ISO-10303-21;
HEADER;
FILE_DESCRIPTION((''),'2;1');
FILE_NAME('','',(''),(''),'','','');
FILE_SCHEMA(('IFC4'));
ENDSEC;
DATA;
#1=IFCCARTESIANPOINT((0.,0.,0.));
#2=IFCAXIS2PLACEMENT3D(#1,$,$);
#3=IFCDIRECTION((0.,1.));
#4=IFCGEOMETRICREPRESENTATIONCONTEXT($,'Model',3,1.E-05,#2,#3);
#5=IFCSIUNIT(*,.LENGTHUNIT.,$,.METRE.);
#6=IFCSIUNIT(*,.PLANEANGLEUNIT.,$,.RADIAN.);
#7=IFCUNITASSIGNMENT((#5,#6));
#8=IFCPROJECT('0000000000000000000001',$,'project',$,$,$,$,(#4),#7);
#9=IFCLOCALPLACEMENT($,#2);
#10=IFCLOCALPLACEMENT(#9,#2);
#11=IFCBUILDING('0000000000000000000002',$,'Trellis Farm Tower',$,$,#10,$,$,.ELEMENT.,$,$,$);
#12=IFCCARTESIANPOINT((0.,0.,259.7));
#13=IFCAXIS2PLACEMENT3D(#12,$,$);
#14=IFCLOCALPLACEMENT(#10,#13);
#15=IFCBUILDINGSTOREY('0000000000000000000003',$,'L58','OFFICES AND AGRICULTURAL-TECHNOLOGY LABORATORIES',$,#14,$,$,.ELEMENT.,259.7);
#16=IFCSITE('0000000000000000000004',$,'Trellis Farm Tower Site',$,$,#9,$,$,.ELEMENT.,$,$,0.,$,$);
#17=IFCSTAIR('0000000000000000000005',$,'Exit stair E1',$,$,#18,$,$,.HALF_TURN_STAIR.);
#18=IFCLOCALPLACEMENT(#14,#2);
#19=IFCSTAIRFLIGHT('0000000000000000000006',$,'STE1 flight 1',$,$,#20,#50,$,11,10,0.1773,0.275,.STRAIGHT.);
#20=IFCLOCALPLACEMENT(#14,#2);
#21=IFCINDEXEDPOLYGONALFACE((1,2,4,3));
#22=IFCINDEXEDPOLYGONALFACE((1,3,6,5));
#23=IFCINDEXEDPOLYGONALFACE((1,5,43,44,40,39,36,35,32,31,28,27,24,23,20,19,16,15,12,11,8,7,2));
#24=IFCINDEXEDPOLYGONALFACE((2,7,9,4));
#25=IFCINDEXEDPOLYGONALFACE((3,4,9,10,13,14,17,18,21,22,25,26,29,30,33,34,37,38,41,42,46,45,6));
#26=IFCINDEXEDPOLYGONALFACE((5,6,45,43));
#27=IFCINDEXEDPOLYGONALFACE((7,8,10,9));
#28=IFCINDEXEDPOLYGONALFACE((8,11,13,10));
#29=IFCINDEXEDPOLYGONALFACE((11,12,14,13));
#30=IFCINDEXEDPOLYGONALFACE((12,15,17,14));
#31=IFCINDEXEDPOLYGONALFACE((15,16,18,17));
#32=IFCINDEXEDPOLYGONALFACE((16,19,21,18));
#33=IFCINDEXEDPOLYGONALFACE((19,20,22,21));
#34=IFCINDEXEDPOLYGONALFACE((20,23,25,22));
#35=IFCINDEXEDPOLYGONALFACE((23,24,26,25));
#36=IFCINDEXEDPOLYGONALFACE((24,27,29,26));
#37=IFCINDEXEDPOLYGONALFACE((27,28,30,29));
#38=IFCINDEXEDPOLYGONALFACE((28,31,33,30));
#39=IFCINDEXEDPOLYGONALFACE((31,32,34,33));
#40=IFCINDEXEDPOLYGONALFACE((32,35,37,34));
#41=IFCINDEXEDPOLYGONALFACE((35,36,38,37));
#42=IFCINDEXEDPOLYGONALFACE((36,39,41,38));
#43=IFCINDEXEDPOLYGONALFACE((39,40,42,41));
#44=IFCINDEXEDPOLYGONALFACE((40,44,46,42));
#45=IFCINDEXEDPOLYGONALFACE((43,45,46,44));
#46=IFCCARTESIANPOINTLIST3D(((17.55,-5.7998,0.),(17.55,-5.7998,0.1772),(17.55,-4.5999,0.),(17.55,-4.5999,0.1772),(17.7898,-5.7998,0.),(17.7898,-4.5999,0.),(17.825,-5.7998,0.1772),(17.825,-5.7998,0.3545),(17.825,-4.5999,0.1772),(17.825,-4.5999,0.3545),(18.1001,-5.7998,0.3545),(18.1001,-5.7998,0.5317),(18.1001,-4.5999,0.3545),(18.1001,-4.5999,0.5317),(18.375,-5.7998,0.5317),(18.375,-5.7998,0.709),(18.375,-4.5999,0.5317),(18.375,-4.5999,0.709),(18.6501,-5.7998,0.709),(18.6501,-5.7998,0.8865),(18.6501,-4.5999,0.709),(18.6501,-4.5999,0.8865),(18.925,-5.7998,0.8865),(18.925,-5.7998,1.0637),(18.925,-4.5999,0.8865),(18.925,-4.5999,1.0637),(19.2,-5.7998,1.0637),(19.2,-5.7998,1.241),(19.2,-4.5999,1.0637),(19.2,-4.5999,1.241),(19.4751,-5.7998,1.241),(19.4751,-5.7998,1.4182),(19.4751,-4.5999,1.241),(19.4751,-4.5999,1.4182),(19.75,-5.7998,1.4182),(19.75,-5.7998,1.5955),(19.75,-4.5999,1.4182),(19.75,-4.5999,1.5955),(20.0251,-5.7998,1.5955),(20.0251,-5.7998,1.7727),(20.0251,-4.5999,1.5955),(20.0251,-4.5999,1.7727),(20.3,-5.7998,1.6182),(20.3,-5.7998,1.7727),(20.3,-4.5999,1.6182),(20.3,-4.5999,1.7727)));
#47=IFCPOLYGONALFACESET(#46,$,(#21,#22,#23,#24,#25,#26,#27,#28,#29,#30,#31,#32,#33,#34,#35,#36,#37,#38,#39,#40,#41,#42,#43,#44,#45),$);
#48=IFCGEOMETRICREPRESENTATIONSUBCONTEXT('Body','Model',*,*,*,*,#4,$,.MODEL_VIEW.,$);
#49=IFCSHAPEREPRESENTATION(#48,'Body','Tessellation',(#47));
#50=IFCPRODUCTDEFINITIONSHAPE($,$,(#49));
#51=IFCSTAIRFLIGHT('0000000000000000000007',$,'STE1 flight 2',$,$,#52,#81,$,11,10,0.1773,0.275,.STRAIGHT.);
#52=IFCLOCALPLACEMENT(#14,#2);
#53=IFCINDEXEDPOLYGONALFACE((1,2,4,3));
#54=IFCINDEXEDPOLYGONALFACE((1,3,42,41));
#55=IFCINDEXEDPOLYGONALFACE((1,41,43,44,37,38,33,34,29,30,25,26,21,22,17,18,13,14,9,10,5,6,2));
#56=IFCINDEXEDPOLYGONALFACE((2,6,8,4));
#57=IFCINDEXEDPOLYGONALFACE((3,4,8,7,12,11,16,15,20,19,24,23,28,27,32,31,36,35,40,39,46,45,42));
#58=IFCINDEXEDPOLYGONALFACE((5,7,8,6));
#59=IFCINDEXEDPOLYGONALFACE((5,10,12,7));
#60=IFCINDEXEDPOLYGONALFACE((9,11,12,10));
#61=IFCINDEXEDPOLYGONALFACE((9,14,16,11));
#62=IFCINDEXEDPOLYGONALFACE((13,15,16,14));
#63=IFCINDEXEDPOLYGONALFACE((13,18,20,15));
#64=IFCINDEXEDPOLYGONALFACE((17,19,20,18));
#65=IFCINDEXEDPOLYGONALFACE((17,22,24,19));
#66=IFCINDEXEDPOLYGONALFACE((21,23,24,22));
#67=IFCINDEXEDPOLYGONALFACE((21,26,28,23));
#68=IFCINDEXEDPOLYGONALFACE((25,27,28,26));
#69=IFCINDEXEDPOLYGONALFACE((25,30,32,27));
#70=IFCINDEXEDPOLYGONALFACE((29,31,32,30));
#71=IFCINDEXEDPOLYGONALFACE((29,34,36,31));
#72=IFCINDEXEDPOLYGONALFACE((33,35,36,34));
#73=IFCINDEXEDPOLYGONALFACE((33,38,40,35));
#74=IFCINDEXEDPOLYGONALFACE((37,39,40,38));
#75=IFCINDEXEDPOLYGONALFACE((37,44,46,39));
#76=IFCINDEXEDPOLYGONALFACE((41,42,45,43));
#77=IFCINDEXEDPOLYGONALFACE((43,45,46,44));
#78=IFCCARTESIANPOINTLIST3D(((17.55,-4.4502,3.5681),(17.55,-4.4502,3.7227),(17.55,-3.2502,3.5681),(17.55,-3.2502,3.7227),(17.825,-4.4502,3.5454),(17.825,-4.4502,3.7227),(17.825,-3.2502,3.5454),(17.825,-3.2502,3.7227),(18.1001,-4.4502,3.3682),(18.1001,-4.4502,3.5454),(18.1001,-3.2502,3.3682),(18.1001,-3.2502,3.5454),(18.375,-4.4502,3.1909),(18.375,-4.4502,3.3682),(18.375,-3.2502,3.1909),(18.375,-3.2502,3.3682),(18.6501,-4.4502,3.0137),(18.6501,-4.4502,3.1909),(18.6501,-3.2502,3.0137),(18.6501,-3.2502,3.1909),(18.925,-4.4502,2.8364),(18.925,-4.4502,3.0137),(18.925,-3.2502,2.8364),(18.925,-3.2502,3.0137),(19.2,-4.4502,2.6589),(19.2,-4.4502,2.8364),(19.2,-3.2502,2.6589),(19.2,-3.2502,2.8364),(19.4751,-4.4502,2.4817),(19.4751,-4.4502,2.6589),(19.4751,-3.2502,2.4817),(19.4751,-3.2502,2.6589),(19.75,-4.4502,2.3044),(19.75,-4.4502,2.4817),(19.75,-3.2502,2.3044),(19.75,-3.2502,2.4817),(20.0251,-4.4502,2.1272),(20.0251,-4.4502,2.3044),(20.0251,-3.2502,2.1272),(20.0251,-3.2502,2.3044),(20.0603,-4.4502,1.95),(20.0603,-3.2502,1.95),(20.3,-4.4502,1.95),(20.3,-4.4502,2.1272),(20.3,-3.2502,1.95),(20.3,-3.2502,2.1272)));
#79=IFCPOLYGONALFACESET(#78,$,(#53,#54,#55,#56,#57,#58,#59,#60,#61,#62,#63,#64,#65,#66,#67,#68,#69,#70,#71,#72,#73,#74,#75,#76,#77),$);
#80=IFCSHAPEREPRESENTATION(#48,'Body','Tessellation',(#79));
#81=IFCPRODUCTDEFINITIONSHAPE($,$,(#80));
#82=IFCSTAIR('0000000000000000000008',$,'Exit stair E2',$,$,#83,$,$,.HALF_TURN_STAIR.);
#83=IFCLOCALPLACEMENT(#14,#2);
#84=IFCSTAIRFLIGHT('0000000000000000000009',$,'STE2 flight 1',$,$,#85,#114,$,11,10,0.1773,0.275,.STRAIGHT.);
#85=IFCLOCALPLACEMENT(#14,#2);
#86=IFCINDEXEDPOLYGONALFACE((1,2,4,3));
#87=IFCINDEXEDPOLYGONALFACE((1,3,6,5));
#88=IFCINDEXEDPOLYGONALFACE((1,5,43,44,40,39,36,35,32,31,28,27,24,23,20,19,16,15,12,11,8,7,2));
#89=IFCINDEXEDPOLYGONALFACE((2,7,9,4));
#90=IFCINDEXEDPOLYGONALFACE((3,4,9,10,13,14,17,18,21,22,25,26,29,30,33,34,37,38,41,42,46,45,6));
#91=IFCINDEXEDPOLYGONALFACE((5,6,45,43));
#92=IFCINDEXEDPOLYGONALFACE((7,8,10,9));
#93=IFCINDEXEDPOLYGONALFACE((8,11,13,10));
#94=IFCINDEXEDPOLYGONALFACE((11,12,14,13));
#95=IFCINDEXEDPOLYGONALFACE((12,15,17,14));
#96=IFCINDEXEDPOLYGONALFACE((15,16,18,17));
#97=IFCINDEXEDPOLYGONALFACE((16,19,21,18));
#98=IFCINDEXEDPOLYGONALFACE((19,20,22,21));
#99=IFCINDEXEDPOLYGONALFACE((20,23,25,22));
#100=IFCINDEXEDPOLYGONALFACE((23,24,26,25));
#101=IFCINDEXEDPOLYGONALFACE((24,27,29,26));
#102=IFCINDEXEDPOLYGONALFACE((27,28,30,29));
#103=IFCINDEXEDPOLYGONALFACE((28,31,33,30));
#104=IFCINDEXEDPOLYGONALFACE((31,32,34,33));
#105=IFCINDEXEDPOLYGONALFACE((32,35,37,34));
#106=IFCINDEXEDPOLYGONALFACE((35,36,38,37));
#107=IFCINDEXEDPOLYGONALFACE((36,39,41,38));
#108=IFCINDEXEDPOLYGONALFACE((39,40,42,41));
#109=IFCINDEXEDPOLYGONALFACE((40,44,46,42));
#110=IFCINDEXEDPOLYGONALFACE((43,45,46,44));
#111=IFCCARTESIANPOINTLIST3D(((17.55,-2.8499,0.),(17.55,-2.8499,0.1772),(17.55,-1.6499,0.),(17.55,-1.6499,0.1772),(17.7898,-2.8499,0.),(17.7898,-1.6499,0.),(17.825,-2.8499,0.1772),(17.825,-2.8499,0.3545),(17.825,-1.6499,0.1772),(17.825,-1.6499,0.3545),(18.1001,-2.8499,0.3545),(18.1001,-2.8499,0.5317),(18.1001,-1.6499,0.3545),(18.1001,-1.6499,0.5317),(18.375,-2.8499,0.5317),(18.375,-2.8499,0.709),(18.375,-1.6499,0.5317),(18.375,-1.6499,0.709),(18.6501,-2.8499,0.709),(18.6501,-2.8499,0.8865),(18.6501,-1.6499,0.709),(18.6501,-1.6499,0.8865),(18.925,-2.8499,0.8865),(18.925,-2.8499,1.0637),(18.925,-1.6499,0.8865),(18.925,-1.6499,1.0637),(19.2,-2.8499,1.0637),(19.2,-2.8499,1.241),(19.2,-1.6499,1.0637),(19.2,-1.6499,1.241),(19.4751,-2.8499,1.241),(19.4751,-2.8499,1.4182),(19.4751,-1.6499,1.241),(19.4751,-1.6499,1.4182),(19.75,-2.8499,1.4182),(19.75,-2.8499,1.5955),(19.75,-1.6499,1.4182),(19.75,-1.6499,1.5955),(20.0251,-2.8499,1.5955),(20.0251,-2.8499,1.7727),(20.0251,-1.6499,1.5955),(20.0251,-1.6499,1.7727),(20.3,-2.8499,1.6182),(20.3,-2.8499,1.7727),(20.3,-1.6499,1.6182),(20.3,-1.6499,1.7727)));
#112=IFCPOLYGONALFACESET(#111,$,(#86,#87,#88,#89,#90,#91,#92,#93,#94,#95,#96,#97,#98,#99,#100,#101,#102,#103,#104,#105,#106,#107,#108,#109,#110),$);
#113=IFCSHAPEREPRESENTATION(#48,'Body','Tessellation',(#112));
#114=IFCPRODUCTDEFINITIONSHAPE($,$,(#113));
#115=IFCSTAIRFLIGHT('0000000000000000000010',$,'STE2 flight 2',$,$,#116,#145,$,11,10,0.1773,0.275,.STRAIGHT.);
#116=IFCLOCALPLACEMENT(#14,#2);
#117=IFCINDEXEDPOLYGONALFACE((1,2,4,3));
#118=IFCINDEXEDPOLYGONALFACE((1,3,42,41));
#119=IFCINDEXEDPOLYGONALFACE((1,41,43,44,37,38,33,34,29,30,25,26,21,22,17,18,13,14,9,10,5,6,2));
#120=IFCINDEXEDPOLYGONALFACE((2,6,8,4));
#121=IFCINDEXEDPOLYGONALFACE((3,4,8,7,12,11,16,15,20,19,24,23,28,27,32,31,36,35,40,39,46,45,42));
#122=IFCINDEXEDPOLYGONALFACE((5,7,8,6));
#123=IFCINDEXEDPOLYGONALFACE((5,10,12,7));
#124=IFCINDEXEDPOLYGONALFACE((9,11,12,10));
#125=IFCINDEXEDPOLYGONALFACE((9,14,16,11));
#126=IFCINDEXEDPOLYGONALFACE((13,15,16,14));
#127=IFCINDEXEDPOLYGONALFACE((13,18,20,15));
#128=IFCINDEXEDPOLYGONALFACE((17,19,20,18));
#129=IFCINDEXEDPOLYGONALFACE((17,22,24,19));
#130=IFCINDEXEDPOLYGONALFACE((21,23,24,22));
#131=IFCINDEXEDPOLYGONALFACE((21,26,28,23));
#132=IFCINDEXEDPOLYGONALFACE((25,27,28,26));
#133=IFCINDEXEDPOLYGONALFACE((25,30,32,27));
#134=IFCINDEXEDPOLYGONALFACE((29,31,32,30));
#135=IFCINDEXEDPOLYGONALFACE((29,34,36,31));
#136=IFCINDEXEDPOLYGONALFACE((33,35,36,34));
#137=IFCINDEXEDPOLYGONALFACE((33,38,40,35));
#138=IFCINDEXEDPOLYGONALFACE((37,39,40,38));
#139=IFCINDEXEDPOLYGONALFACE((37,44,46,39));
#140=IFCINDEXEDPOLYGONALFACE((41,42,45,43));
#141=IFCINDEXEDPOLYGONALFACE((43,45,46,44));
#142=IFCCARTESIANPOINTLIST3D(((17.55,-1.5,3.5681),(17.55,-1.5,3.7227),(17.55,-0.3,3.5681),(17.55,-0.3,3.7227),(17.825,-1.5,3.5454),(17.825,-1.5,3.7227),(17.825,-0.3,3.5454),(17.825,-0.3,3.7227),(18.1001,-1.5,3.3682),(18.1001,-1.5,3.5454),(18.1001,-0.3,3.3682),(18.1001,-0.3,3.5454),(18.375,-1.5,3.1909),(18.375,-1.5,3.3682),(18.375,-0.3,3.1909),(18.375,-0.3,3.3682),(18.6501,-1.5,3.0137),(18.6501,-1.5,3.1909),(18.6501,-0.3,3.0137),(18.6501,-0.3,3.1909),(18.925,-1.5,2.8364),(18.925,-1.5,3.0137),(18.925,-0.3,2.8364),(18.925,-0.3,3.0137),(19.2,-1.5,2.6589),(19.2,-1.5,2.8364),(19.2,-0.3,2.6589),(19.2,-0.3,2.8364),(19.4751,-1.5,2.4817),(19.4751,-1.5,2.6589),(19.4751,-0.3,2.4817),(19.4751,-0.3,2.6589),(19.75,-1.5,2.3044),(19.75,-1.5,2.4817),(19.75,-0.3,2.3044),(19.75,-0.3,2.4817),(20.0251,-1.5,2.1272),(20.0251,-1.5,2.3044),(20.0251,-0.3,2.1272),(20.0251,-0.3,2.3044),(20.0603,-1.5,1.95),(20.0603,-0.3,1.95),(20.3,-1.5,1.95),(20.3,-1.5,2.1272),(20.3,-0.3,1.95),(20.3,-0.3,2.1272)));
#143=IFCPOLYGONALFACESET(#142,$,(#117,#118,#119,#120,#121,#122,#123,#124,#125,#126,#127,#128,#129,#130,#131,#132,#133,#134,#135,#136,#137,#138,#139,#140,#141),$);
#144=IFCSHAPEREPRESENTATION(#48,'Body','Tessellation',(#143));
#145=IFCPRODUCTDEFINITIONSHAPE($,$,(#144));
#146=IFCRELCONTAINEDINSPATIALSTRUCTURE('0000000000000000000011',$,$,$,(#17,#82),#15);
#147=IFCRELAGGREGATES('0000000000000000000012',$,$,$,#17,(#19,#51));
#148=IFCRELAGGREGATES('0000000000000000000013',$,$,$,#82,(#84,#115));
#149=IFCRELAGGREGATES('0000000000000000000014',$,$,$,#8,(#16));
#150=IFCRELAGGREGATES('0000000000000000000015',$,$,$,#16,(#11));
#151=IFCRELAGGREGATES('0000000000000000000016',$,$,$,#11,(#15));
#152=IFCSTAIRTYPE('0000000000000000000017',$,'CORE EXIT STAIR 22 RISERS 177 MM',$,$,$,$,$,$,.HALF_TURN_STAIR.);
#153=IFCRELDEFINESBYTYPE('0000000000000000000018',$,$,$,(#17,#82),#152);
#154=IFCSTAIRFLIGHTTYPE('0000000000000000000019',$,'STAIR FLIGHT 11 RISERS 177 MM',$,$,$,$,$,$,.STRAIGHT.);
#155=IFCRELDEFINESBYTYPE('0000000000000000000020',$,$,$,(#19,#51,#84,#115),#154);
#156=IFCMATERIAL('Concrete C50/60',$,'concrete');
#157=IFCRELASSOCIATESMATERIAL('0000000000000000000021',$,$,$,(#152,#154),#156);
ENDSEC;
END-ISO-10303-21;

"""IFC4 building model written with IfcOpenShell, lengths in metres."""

from ifc_helpers import new_model, si_unit, direction, frame, origin, place, context, subcontext, project, spatial, polyline, outline, extrude, source, transform, mapped, material, type_object, element, aggregate, save


model = new_model("IFC4")

# Units and contexts
model_context = context("Model", 3, precision=1e-05, world=origin(), true_north=direction((0.0, 1.0)))
body_context = subcontext(model_context, "Body", "Model", "MODEL_VIEW")
ifc_project = project(units=[si_unit("LENGTHUNIT", "METRE"), si_unit("PLANEANGLEUNIT", "RADIAN")], contexts=[model_context])

# Site, building, storey
site_placement = place(None, origin())
site = spatial("IfcSite", under=ifc_project, at=site_placement, Name="Trellis Farm Tower Site", CompositionType="ELEMENT", RefElevation=0.0)
building_placement = place(site_placement, origin())
building = spatial("IfcBuilding", under=site, at=building_placement, Name="Trellis Farm Tower", CompositionType="ELEMENT")
storey_placement = place(building_placement, frame((0.0, 0.0, 259.7)))
storey = spatial("IfcBuildingStorey", under=building, at=storey_placement, Name="L58", Description="OFFICES AND AGRICULTURAL-TECHNOLOGY LABORATORIES", CompositionType="ELEMENT", Elevation=259.7)

# Shared definitions
placement = place(storey_placement, origin())

# Stairs, stair flights
ifc_material_1 = material(Name="Concrete C50/60", Category="concrete")
stair_type = type_object("IfcStairType", Name="CORE EXIT STAIR 22 RISERS 177 MM", PredefinedType="HALF_TURN_STAIR", material=ifc_material_1)
stair_1 = element("IfcStair", 1, at=placement, inside=storey, type_object=stair_type, Name="Exit stair E1", PredefinedType="HALF_TURN_STAIR")
stair_flight_type = type_object("IfcStairFlightType", Name="STAIR FLIGHT 11 RISERS 177 MM", PredefinedType="STRAIGHT", material=ifc_material_1)
shared_shape_1 = source(origin(), body_context, "Body", "SweptSolid", [
    extrude(outline(polyline([(0.0, 0.0), (0.0, 0.1772), (0.2749, 0.1772), (0.2749, 0.3545), (0.55, 0.3545), (0.55, 0.5317), (0.825, 0.5317), (0.825, 0.709), (1.1001, 0.709), (1.1001, 0.8865), (1.375, 0.8865), (1.375, 1.0637), (1.6499, 1.0637), (1.6499, 1.241), (1.925, 1.241), (1.925, 1.4182), (2.2, 1.4182), (2.2, 1.5955), (2.4751, 1.5955), (2.4751, 1.7727), (2.75, 1.7727), (2.75, 1.95), (2.75, 1.6182), (0.2397, 0.0), (0.0, 0.0)])), frame((0.0, 0.6001, 0.0), z_axis=(0.0, -1.0, 0.0), x_axis=(1.0, 0.0, 0.0)), (0.0, 0.0, 1.0), 1.2),
])
stair_flight_1_placement = place(storey_placement, frame((17.55, -5.2, 0.0), z_axis=(0.0, 0.0, 1.0), x_axis=(1.0, 0.0, 0.0)))
stair_flight_1 = element("IfcStairFlight", 2, at=stair_flight_1_placement, type_object=stair_flight_type, Name="STE1 flight 1", NumberOfRisers=11, NumberOfTreads=10, PredefinedType="STRAIGHT", RiserHeight=0.1773, TreadLength=0.275, context=body_context, shape_type="MappedRepresentation", body=[
    mapped(shared_shape_1, transform((0.0, 0.0, 0.0))),
])
stair_flight_2_placement = place(storey_placement, frame((20.3, -3.8501, 1.95), z_axis=(0.0, 0.0, 1.0), x_axis=(-1.0, 0.0, 0.0)))
stair_flight_2 = element("IfcStairFlight", 3, at=stair_flight_2_placement, type_object=stair_flight_type, Name="STE1 flight 2", NumberOfRisers=11, NumberOfTreads=10, PredefinedType="STRAIGHT", RiserHeight=0.1773, TreadLength=0.275, context=body_context, shape_type="MappedRepresentation", body=[
    mapped(shared_shape_1, transform((0.0, 0.0, 0.0))),
])
aggregate(stair_1, [stair_flight_1, stair_flight_2])
stair_2 = element("IfcStair", 4, at=placement, inside=storey, type_object=stair_type, Name="Exit stair E2", PredefinedType="HALF_TURN_STAIR")
stair_flight_3_placement = place(storey_placement, frame((17.55, -2.25, 0.0), z_axis=(0.0, 0.0, 1.0), x_axis=(1.0, 0.0, 0.0)))
stair_flight_3 = element("IfcStairFlight", 5, at=stair_flight_3_placement, type_object=stair_flight_type, Name="STE2 flight 1", NumberOfRisers=11, NumberOfTreads=10, PredefinedType="STRAIGHT", RiserHeight=0.1773, TreadLength=0.275, context=body_context, shape_type="MappedRepresentation", body=[
    mapped(shared_shape_1, transform((0.0, 0.0, 0.0))),
])
stair_flight_4_placement = place(storey_placement, frame((20.3, -0.8999, 1.95), z_axis=(0.0, 0.0, 1.0), x_axis=(-1.0, 0.0, 0.0)))
stair_flight_4 = element("IfcStairFlight", 6, at=stair_flight_4_placement, type_object=stair_flight_type, Name="STE2 flight 2", NumberOfRisers=11, NumberOfTreads=10, PredefinedType="STRAIGHT", RiserHeight=0.1773, TreadLength=0.275, context=body_context, shape_type="MappedRepresentation", body=[
    mapped(shared_shape_1, transform((0.0, 0.0, 0.0))),
])
aggregate(stair_2, [stair_flight_3, stair_flight_4])

save(model, "model.ifc")
